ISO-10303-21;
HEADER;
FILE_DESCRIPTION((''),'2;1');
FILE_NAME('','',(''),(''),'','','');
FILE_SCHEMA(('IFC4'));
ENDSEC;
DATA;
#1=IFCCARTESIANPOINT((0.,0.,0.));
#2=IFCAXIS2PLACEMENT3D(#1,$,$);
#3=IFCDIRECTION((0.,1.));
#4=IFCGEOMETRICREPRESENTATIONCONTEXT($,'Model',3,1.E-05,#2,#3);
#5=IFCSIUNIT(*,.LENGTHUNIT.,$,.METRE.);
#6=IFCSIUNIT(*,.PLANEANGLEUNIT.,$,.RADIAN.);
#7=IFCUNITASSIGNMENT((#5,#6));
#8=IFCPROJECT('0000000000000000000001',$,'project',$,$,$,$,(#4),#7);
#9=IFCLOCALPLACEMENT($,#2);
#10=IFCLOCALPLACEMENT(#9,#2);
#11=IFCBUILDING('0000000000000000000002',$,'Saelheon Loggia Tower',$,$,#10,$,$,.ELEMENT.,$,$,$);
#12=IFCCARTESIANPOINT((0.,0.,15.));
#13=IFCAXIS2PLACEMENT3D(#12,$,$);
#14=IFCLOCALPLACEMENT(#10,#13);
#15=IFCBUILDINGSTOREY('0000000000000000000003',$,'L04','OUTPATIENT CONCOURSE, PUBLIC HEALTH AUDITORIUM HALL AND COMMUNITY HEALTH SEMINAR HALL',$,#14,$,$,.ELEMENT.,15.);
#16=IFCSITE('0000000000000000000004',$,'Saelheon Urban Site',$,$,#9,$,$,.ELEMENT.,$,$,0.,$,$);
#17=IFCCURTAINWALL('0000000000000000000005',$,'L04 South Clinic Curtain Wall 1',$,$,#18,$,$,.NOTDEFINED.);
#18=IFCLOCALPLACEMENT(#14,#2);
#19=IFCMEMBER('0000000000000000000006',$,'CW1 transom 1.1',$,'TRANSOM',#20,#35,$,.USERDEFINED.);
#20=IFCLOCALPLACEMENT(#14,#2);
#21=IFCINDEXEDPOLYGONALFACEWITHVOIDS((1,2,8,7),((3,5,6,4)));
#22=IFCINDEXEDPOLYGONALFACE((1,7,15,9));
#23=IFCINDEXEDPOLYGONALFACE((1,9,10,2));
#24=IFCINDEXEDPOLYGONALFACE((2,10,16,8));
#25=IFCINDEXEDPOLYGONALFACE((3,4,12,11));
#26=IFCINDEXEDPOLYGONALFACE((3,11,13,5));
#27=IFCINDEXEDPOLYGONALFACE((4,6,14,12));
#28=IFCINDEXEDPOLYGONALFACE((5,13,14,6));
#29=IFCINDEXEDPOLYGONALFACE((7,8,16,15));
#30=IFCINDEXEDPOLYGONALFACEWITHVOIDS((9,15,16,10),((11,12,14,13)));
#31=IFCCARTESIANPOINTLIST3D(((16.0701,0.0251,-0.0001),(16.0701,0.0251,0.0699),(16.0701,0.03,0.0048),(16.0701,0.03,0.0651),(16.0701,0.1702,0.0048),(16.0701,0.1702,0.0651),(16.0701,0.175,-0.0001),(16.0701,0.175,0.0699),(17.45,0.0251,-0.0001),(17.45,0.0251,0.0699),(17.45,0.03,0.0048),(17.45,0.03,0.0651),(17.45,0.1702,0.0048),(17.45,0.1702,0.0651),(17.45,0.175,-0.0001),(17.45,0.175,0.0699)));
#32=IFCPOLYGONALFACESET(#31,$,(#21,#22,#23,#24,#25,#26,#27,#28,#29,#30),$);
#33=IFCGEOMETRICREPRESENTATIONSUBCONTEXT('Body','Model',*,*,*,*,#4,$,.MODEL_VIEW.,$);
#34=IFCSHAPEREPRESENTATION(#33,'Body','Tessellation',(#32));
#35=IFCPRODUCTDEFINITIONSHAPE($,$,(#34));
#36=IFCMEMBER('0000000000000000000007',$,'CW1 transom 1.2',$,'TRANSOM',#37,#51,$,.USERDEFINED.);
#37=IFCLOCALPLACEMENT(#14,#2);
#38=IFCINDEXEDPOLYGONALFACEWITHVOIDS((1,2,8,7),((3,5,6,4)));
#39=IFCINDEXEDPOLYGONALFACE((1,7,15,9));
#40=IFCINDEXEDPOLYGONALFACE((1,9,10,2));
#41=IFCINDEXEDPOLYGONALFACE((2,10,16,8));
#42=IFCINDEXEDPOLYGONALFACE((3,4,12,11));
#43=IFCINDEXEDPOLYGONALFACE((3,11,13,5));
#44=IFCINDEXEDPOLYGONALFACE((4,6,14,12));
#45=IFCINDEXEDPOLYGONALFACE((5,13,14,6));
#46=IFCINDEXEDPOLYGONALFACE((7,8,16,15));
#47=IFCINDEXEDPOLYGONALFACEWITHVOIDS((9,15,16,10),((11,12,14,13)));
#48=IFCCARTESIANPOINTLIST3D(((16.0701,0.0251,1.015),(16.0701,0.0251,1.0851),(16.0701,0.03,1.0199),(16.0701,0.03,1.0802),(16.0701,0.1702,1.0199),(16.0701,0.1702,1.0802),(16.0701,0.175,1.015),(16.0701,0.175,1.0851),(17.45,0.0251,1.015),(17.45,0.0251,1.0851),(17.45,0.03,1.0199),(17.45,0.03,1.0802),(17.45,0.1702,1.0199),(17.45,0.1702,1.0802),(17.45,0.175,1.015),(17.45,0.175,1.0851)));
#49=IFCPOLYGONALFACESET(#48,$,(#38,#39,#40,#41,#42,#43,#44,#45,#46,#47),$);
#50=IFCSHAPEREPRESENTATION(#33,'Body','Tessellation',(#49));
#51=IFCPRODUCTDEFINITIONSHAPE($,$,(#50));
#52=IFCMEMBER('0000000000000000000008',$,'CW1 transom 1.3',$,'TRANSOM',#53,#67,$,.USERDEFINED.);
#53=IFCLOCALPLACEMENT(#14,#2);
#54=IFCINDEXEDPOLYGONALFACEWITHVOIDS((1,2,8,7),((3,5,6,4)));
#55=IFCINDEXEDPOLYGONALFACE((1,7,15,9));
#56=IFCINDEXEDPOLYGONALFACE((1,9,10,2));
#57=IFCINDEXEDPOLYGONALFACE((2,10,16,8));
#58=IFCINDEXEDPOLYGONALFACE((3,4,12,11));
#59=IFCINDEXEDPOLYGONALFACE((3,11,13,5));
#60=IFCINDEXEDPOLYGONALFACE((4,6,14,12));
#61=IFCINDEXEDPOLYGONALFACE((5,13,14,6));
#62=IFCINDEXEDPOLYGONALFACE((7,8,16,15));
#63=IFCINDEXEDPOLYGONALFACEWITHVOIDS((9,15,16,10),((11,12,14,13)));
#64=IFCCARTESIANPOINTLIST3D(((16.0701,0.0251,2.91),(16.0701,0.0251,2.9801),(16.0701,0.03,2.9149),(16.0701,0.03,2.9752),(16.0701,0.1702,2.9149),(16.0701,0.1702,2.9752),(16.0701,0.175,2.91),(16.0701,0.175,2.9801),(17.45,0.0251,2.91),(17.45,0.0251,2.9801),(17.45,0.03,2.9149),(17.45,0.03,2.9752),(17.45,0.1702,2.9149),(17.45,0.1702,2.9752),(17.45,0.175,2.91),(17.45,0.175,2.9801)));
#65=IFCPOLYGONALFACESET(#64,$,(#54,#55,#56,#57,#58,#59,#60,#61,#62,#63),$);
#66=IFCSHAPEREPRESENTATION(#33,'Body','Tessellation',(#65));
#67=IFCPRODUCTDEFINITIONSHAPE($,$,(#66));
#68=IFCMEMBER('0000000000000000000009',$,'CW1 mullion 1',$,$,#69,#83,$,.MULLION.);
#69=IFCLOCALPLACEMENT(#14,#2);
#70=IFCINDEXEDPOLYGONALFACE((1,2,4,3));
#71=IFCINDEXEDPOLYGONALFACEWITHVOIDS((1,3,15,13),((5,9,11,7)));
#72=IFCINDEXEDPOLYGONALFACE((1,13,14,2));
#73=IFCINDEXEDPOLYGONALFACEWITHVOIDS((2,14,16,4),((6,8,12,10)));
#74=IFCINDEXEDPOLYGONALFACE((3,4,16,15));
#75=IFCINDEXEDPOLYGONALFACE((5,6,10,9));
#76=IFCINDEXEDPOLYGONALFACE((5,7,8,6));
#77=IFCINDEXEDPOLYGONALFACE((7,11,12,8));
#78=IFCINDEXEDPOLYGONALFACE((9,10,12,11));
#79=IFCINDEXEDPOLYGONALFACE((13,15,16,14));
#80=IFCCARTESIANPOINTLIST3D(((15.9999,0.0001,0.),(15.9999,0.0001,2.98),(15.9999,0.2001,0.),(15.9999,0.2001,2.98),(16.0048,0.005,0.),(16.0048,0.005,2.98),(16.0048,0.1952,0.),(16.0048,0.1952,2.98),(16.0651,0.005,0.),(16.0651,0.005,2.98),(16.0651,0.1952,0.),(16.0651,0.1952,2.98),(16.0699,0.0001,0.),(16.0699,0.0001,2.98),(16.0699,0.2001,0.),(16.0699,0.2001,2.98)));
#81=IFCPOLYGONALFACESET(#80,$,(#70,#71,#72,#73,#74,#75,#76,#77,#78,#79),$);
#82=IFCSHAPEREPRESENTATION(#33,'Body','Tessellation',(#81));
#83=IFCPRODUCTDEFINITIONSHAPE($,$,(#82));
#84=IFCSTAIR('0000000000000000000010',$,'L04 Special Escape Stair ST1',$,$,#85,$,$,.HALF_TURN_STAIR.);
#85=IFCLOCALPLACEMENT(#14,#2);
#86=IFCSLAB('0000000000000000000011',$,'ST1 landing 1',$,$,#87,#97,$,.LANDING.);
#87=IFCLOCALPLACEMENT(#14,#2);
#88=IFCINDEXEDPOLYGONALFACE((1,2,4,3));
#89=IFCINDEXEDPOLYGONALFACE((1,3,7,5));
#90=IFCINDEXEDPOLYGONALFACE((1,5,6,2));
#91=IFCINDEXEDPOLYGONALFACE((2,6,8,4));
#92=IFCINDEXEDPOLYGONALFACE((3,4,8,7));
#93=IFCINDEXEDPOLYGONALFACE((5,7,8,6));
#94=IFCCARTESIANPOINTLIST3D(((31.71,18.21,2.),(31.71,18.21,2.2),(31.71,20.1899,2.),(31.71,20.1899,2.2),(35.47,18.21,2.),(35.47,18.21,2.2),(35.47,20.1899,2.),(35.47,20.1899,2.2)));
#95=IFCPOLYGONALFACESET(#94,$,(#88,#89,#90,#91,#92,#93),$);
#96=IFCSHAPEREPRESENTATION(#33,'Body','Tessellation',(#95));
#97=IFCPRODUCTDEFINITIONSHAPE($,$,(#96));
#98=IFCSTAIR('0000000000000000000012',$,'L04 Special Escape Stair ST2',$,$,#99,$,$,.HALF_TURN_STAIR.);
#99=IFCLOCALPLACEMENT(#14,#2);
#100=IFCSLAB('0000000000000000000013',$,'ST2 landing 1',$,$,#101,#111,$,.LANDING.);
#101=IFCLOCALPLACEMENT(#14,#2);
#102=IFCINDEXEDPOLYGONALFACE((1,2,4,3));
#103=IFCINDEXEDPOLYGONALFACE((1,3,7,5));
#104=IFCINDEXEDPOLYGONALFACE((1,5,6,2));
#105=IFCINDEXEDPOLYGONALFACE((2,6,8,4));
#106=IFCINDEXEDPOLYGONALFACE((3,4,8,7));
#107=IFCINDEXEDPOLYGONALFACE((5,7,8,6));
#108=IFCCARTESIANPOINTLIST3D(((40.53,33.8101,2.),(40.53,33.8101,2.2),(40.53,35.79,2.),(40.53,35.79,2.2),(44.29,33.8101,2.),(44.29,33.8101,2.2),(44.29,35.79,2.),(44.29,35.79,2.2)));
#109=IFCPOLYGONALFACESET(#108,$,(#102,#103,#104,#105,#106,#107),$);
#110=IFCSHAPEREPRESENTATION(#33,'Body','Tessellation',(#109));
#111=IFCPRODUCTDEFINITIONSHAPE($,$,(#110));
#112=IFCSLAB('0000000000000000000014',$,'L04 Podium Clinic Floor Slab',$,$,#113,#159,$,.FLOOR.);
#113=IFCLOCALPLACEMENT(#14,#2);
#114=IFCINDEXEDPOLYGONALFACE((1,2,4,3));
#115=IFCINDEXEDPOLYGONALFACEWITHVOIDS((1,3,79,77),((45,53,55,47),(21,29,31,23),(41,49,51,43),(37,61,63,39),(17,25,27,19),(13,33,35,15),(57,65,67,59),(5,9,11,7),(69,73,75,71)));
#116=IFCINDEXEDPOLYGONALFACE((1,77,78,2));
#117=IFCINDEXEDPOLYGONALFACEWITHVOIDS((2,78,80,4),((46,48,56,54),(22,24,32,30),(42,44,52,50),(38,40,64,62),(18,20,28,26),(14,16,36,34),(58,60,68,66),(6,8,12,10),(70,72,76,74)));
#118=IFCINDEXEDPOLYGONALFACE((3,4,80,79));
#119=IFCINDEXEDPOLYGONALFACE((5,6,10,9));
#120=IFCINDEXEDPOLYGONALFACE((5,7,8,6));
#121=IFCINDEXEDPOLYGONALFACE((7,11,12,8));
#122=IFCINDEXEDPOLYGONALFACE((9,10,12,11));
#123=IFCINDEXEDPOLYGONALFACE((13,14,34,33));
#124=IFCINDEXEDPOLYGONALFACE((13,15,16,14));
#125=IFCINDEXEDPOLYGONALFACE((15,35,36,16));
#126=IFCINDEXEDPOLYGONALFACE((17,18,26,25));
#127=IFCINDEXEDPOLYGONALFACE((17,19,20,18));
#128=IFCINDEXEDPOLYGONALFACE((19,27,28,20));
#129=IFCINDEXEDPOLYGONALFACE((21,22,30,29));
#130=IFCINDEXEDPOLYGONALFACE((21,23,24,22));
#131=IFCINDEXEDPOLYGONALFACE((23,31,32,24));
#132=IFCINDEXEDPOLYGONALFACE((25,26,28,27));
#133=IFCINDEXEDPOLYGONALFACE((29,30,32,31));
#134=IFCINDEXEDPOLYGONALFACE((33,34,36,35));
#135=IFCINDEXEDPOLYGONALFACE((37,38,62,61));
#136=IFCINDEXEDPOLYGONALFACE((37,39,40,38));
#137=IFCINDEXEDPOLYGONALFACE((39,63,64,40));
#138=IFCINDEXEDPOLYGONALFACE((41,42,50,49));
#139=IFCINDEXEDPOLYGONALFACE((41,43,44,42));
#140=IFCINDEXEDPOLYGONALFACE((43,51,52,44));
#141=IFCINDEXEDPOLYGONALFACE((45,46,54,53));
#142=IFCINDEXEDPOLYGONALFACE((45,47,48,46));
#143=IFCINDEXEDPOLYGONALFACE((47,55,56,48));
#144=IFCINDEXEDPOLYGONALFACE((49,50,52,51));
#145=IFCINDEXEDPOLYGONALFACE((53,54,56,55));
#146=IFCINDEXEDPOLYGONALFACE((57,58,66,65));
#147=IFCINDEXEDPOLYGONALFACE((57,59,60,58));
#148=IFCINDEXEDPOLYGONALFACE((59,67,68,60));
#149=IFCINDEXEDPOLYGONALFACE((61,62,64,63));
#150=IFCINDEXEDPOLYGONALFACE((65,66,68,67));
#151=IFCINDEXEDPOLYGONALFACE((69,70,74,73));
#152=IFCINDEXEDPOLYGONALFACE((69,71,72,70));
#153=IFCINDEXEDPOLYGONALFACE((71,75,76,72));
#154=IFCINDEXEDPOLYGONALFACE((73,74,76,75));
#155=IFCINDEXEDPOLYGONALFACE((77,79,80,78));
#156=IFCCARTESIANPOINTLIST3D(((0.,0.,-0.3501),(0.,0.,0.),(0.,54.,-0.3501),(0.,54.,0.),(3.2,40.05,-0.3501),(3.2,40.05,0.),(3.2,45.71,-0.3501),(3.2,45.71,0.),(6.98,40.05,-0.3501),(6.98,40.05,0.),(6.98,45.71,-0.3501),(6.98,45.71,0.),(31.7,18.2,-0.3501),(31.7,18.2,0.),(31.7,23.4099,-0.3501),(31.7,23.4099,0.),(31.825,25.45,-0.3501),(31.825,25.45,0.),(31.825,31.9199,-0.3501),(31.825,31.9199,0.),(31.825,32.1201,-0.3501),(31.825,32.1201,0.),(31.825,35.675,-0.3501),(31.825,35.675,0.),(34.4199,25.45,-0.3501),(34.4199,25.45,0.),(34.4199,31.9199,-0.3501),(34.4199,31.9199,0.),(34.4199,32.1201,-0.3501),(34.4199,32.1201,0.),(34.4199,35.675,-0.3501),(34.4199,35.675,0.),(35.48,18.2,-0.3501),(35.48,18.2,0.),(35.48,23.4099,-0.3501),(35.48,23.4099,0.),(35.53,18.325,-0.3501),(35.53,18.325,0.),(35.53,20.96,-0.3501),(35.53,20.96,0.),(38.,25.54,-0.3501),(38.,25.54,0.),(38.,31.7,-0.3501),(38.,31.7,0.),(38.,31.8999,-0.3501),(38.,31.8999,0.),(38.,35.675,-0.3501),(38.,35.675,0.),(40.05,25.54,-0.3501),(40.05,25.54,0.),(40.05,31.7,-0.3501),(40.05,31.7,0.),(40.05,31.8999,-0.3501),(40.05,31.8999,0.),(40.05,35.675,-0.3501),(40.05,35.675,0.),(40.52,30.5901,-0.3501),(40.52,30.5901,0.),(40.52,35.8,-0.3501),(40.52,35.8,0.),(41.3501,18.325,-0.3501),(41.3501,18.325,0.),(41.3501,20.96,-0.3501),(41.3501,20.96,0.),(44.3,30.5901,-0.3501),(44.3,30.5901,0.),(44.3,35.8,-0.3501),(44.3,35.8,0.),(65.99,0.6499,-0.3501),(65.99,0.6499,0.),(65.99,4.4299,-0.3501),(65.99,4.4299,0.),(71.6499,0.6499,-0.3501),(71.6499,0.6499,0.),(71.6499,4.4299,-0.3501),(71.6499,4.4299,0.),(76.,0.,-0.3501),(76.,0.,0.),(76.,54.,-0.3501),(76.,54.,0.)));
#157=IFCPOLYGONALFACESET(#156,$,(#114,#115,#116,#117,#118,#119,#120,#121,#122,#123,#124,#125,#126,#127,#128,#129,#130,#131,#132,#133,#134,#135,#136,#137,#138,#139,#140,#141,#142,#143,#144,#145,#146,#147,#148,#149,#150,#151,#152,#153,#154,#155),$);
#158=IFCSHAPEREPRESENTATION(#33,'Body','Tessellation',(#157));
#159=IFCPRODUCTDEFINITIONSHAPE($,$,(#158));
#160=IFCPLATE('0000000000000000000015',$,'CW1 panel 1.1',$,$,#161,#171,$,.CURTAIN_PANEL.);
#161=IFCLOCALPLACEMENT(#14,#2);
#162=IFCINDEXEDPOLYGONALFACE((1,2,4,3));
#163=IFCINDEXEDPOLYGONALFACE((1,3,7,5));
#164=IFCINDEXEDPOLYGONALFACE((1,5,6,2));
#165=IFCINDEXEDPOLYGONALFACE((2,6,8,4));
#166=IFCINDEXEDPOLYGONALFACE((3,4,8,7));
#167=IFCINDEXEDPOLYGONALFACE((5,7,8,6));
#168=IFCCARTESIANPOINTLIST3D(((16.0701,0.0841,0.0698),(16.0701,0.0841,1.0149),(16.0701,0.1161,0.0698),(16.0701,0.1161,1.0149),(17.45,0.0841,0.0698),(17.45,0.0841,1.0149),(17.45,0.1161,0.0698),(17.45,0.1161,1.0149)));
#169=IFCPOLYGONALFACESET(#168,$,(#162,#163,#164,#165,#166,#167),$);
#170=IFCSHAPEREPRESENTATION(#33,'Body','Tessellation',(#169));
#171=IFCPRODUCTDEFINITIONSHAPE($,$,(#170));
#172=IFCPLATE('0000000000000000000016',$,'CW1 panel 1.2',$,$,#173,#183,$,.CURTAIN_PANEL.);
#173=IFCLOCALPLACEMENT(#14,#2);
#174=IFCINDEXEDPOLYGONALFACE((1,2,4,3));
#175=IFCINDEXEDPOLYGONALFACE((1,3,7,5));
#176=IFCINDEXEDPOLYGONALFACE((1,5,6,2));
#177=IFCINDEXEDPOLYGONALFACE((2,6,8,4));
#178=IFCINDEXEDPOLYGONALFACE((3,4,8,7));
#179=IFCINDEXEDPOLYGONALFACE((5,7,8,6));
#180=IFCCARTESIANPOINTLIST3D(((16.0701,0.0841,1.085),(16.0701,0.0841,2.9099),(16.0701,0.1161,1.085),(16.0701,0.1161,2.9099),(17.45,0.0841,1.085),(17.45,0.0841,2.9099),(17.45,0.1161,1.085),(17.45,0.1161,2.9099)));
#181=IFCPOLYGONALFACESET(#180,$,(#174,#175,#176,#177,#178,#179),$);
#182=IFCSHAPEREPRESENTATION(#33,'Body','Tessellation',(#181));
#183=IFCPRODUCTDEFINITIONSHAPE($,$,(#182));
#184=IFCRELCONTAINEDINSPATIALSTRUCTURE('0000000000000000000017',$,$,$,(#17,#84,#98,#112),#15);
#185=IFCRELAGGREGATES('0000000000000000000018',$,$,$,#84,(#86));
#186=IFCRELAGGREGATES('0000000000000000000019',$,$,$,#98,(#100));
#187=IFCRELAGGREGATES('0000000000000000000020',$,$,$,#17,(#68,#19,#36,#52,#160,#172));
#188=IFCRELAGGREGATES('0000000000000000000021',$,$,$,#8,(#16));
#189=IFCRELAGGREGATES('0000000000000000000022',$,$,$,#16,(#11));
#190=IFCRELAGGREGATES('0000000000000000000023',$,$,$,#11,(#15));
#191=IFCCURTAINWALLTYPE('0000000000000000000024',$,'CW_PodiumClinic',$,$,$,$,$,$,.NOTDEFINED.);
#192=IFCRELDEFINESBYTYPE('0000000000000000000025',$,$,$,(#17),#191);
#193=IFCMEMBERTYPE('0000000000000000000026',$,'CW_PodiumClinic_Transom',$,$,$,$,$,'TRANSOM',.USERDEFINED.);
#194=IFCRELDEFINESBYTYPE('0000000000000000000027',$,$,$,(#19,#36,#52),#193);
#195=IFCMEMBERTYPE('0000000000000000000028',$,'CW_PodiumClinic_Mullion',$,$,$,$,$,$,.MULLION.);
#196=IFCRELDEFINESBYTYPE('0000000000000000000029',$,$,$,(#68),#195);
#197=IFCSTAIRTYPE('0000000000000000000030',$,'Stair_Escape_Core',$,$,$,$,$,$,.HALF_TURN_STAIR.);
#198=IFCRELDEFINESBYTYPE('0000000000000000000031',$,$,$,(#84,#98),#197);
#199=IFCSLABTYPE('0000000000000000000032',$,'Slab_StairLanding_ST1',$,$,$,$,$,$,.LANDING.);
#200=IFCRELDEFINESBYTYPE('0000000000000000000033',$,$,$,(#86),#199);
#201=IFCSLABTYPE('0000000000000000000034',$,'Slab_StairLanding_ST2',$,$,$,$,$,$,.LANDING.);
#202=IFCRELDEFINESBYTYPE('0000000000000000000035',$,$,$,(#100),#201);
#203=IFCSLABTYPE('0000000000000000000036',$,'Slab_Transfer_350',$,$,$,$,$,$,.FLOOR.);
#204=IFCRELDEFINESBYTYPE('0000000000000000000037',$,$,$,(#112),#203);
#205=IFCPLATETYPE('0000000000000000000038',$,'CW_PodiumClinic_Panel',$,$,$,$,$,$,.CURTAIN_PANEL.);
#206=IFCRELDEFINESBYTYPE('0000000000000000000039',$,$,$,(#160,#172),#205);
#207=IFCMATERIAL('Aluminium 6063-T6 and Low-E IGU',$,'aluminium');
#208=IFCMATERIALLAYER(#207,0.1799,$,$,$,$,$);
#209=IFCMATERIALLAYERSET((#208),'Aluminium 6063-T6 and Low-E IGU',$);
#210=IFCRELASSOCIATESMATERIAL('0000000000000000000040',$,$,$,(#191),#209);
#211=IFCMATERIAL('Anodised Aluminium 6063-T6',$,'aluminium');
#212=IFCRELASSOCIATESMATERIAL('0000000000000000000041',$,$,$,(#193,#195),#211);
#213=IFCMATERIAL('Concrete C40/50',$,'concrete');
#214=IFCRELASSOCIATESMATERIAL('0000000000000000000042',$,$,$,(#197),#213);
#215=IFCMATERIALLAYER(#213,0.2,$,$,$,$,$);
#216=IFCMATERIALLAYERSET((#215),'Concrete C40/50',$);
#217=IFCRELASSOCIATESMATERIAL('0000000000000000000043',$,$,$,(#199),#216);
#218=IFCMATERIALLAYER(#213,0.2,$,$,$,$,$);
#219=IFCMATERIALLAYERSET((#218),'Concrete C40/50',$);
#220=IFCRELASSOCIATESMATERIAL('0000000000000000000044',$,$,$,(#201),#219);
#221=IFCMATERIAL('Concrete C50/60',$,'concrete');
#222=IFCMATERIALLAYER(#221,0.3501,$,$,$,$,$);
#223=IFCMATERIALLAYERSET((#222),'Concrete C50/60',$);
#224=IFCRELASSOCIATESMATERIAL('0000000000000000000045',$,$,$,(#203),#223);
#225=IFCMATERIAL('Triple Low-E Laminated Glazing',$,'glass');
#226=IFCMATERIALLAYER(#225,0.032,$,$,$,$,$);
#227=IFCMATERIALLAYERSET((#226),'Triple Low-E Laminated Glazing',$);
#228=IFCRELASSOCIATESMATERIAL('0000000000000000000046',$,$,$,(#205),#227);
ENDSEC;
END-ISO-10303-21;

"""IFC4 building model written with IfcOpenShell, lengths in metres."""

from ifc_helpers import new_model, si_unit, direction, frame, origin, origin_2d, place, context, subcontext, project, spatial, polyline, rectangle, hollow_rectangle, outline, extrude, source, transform, mapped, material, layer, layer_set, material_profile, profile_set, type_object, element, aggregate, save


model = new_model("IFC4")

# Units and contexts
model_context = context("Model", 3, precision=1e-05, world=origin(), true_north=direction((0.0, 1.0)))
body_context = subcontext(model_context, "Body", "Model", "MODEL_VIEW")
ifc_project = project(units=[si_unit("LENGTHUNIT", "METRE"), si_unit("PLANEANGLEUNIT", "RADIAN")], contexts=[model_context])

# Site, building, storey
site_placement = place(None, origin())
site = spatial("IfcSite", under=ifc_project, at=site_placement, Name="Saelheon Urban Site", CompositionType="ELEMENT", RefElevation=0.0)
building_placement = place(site_placement, origin())
building = spatial("IfcBuilding", under=site, at=building_placement, Name="Saelheon Loggia Tower", CompositionType="ELEMENT")
storey_placement = place(building_placement, frame((0.0, 0.0, 15.0)))
storey = spatial("IfcBuildingStorey", under=building, at=storey_placement, Name="L04", Description="OUTPATIENT CONCOURSE, PUBLIC HEALTH AUDITORIUM HALL AND COMMUNITY HEALTH SEMINAR HALL", CompositionType="ELEMENT", Elevation=15.0)

# Curtain wall, members
ifc_material_1 = material(Name="Aluminium 6063-T6 and Low-E IGU", Category="aluminium")
ifc_layer_1 = layer(ifc_material_1, 0.1799)
ifc_layer_set_1 = layer_set([ifc_layer_1], Name="Aluminium 6063-T6 and Low-E IGU")
curtain_wall_type = type_object("IfcCurtainWallType", Name="CW_PodiumClinic", PredefinedType="NOTDEFINED", material=ifc_layer_set_1)
curtain_wall_placement = place(storey_placement, origin())
curtain_wall = element("IfcCurtainWall", 1, at=curtain_wall_placement, inside=storey, type_object=curtain_wall_type, Name="L04 South Clinic Curtain Wall 1", PredefinedType="NOTDEFINED")
ifc_material_2 = material(Name="Anodised Aluminium 6063-T6", Category="aluminium")
ifc_material_profile_1 = material_profile(ifc_material_2, hollow_rectangle(XDim=0.0701, YDim=0.1499, WallThickness=0.0049, at=origin_2d()), Name="RHS-150x70x5")
ifc_profile_set_1 = profile_set([ifc_material_profile_1], Name="Anodised Aluminium 6063-T6")
member_type_1 = type_object("IfcMemberType", Name="CW_PodiumClinic_Transom", ElementType="TRANSOM", PredefinedType="USERDEFINED", material=ifc_profile_set_1)
shared_shape_1 = source(origin(), body_context, "Body", "SweptSolid", [
    extrude(hollow_rectangle(XDim=0.0701, YDim=0.1499, WallThickness=0.0049, at=origin_2d()), origin(), (0.0, 0.0, 1.0), 1.3799),
])
member_1_placement = place(storey_placement, frame((16.0701, 0.1001, 0.0349), z_axis=(1.0, 0.0, 0.0), x_axis=(0.0, 0.0, 1.0)))
member_1 = element("IfcMember", 2, at=member_1_placement, type_object=member_type_1, Name="CW1 transom 1.1", ObjectType="TRANSOM", PredefinedType="USERDEFINED", context=body_context, shape_type="MappedRepresentation", body=[
    mapped(shared_shape_1, transform((0.0, 0.0, 0.0), scale=1.0)),
])
member_2_placement = place(storey_placement, frame((16.0701, 0.1001, 1.05), z_axis=(1.0, 0.0, 0.0), x_axis=(0.0, 0.0, 1.0)))
member_2 = element("IfcMember", 3, at=member_2_placement, type_object=member_type_1, Name="CW1 transom 1.2", ObjectType="TRANSOM", PredefinedType="USERDEFINED", context=body_context, shape_type="MappedRepresentation", body=[
    mapped(shared_shape_1, transform((0.0, 0.0, 0.0), scale=1.0)),
])
member_3_placement = place(storey_placement, frame((16.0701, 0.1001, 2.9451), z_axis=(1.0, 0.0, 0.0), x_axis=(0.0, 0.0, 1.0)))
member_3 = element("IfcMember", 4, at=member_3_placement, type_object=member_type_1, Name="CW1 transom 1.3", ObjectType="TRANSOM", PredefinedType="USERDEFINED", context=body_context, shape_type="MappedRepresentation", body=[
    mapped(shared_shape_1, transform((0.0, 0.0, 0.0), scale=1.0)),
])
ifc_material_profile_2 = material_profile(ifc_material_2, hollow_rectangle(XDim=0.0701, YDim=0.2, WallThickness=0.0049, at=origin_2d()), Name="RHS-200x70x5")
ifc_profile_set_2 = profile_set([ifc_material_profile_2], Name="Anodised Aluminium 6063-T6")
member_type_2 = type_object("IfcMemberType", Name="CW_PodiumClinic_Mullion", PredefinedType="MULLION", material=ifc_profile_set_2)
shared_shape_2 = source(origin(), body_context, "Body", "SweptSolid", [
    extrude(hollow_rectangle(XDim=0.0701, YDim=0.2, WallThickness=0.0049, at=origin_2d()), origin(), (0.0, 0.0, 1.0), 2.98),
])
member_4_placement = place(storey_placement, frame((16.0349, 0.1001, 0.0), z_axis=(0.0, 0.0, 1.0), x_axis=(1.0, 0.0, 0.0)))
member_4 = element("IfcMember", 5, at=member_4_placement, type_object=member_type_2, Name="CW1 mullion 1", PredefinedType="MULLION", context=body_context, shape_type="MappedRepresentation", body=[
    mapped(shared_shape_2, transform((0.0, 0.0, 0.0), scale=1.0)),
])

# Stairs, slabs
ifc_material_3 = material(Name="Concrete C40/50", Category="concrete")
stair_type = type_object("IfcStairType", Name="Stair_Escape_Core", PredefinedType="HALF_TURN_STAIR", material=ifc_material_3)
stair_1_placement = place(storey_placement, origin())
stair_1 = element("IfcStair", 6, at=stair_1_placement, inside=storey, type_object=stair_type, Name="L04 Special Escape Stair ST1", PredefinedType="HALF_TURN_STAIR")
ifc_layer_2 = layer(ifc_material_3, 0.2)
ifc_layer_set_2 = layer_set([ifc_layer_2], Name="Concrete C40/50")
slab_type_1 = type_object("IfcSlabType", Name="Slab_StairLanding_ST1", PredefinedType="LANDING", material=ifc_layer_set_2)
slab_1_placement = place(storey_placement, frame((0.0, 0.0, 2.0)))
slab_1 = element("IfcSlab", 7, at=slab_1_placement, type_object=slab_type_1, Name="ST1 landing 1", PredefinedType="LANDING", context=body_context, shape_type="SweptSolid", body=[
    extrude(outline(polyline([(31.71, 20.1899), (31.71, 18.21), (35.47, 18.21), (35.47, 20.1899), (31.71, 20.1899)])), origin(), (0.0, 0.0, 1.0), 0.2),
])
aggregate(stair_1, [slab_1])
stair_2_placement = place(storey_placement, origin())
stair_2 = element("IfcStair", 8, at=stair_2_placement, inside=storey, type_object=stair_type, Name="L04 Special Escape Stair ST2", PredefinedType="HALF_TURN_STAIR")
ifc_layer_3 = layer(ifc_material_3, 0.2)
ifc_layer_set_3 = layer_set([ifc_layer_3], Name="Concrete C40/50")
slab_type_2 = type_object("IfcSlabType", Name="Slab_StairLanding_ST2", PredefinedType="LANDING", material=ifc_layer_set_3)
slab_2_placement = place(storey_placement, frame((0.0, 0.0, 2.0)))
slab_2 = element("IfcSlab", 9, at=slab_2_placement, type_object=slab_type_2, Name="ST2 landing 1", PredefinedType="LANDING", context=body_context, shape_type="SweptSolid", body=[
    extrude(outline(polyline([(44.29, 33.8101), (44.29, 35.79), (40.53, 35.79), (40.53, 33.8101), (44.29, 33.8101)])), origin(), (0.0, 0.0, 1.0), 0.2),
])
aggregate(stair_2, [slab_2])

# Slab
ifc_material_4 = material(Name="Concrete C50/60", Category="concrete")
ifc_layer_4 = layer(ifc_material_4, 0.3501)
ifc_layer_set_4 = layer_set([ifc_layer_4], Name="Concrete C50/60")
slab_type_3 = type_object("IfcSlabType", Name="Slab_Transfer_350", PredefinedType="FLOOR", material=ifc_layer_set_4)
slab_3_placement = place(storey_placement, frame((0.0, 0.0, -0.3501)))
element("IfcSlab", 10, at=slab_3_placement, inside=storey, type_object=slab_type_3, Name="L04 Podium Clinic Floor Slab", PredefinedType="FLOOR", context=body_context, shape_type="SweptSolid", body=[
    extrude(outline(polyline([(0.0, 0.0), (76.0, 0.0), (76.0, 54.0), (0.0, 54.0), (0.0, 0.0)]), holes=[polyline([(31.7, 23.4099), (31.7, 18.2), (35.48, 18.2), (35.48, 23.4099), (31.7, 23.4099)]), polyline([(44.3, 30.5901), (44.3, 35.8), (40.52, 35.8), (40.52, 30.5901), (44.3, 30.5901)]), polyline([(3.2, 45.71), (3.2, 40.05), (6.98, 40.05), (6.98, 45.71), (3.2, 45.71)]), polyline([(65.99, 0.6499), (71.6499, 0.6499), (71.6499, 4.4299), (65.99, 4.4299), (65.99, 0.6499)]), polyline([(35.53, 18.325), (41.3501, 18.325), (41.3501, 20.96), (35.53, 20.96), (35.53, 18.325)]), polyline([(31.825, 32.1201), (34.4199, 32.1201), (34.4199, 35.675), (31.825, 35.675), (31.825, 32.1201)]), polyline([(38.0, 31.8999), (40.05, 31.8999), (40.05, 35.675), (38.0, 35.675), (38.0, 31.8999)]), polyline([(31.825, 25.45), (34.4199, 25.45), (34.4199, 31.9199), (31.825, 31.9199), (31.825, 25.45)]), polyline([(38.0, 25.54), (40.05, 25.54), (40.05, 31.7), (38.0, 31.7), (38.0, 25.54)])]), origin(), (0.0, 0.0, 1.0), 0.3501),
])

# Plates
ifc_material_5 = material(Name="Triple Low-E Laminated Glazing", Category="glass")
ifc_layer_5 = layer(ifc_material_5, 0.032)
ifc_layer_set_5 = layer_set([ifc_layer_5], Name="Triple Low-E Laminated Glazing")
plate_type = type_object("IfcPlateType", Name="CW_PodiumClinic_Panel", PredefinedType="CURTAIN_PANEL", material=ifc_layer_set_5)
shared_shape_3 = source(origin(), body_context, "Body", "SweptSolid", [
    extrude(rectangle(XDim=1.3799, YDim=0.032, at=origin_2d()), origin(), (0.0, 0.0, 1.0), 0.9451),
])
plate_1_placement = place(storey_placement, frame((16.76, 0.1001, 0.0698), z_axis=(0.0, 0.0, 1.0), x_axis=(1.0, 0.0, 0.0)))
plate_1 = element("IfcPlate", 11, at=plate_1_placement, type_object=plate_type, Name="CW1 panel 1.1", PredefinedType="CURTAIN_PANEL", context=body_context, shape_type="MappedRepresentation", body=[
    mapped(shared_shape_3, transform((0.0, 0.0, 0.0), scale=1.0)),
])
shared_shape_4 = source(origin(), body_context, "Body", "SweptSolid", [
    extrude(rectangle(XDim=1.3799, YDim=0.032, at=origin_2d()), origin(), (0.0, 0.0, 1.0), 1.825),
])
plate_2_placement = place(storey_placement, frame((16.76, 0.1001, 1.085), z_axis=(0.0, 0.0, 1.0), x_axis=(1.0, 0.0, 0.0)))
plate_2 = element("IfcPlate", 12, at=plate_2_placement, type_object=plate_type, Name="CW1 panel 1.2", PredefinedType="CURTAIN_PANEL", context=body_context, shape_type="MappedRepresentation", body=[
    mapped(shared_shape_4, transform((0.0, 0.0, 0.0), scale=1.0)),
])
aggregate(curtain_wall, [member_4, member_1, member_2, member_3, plate_1, plate_2])

save(model, "model.ifc")
